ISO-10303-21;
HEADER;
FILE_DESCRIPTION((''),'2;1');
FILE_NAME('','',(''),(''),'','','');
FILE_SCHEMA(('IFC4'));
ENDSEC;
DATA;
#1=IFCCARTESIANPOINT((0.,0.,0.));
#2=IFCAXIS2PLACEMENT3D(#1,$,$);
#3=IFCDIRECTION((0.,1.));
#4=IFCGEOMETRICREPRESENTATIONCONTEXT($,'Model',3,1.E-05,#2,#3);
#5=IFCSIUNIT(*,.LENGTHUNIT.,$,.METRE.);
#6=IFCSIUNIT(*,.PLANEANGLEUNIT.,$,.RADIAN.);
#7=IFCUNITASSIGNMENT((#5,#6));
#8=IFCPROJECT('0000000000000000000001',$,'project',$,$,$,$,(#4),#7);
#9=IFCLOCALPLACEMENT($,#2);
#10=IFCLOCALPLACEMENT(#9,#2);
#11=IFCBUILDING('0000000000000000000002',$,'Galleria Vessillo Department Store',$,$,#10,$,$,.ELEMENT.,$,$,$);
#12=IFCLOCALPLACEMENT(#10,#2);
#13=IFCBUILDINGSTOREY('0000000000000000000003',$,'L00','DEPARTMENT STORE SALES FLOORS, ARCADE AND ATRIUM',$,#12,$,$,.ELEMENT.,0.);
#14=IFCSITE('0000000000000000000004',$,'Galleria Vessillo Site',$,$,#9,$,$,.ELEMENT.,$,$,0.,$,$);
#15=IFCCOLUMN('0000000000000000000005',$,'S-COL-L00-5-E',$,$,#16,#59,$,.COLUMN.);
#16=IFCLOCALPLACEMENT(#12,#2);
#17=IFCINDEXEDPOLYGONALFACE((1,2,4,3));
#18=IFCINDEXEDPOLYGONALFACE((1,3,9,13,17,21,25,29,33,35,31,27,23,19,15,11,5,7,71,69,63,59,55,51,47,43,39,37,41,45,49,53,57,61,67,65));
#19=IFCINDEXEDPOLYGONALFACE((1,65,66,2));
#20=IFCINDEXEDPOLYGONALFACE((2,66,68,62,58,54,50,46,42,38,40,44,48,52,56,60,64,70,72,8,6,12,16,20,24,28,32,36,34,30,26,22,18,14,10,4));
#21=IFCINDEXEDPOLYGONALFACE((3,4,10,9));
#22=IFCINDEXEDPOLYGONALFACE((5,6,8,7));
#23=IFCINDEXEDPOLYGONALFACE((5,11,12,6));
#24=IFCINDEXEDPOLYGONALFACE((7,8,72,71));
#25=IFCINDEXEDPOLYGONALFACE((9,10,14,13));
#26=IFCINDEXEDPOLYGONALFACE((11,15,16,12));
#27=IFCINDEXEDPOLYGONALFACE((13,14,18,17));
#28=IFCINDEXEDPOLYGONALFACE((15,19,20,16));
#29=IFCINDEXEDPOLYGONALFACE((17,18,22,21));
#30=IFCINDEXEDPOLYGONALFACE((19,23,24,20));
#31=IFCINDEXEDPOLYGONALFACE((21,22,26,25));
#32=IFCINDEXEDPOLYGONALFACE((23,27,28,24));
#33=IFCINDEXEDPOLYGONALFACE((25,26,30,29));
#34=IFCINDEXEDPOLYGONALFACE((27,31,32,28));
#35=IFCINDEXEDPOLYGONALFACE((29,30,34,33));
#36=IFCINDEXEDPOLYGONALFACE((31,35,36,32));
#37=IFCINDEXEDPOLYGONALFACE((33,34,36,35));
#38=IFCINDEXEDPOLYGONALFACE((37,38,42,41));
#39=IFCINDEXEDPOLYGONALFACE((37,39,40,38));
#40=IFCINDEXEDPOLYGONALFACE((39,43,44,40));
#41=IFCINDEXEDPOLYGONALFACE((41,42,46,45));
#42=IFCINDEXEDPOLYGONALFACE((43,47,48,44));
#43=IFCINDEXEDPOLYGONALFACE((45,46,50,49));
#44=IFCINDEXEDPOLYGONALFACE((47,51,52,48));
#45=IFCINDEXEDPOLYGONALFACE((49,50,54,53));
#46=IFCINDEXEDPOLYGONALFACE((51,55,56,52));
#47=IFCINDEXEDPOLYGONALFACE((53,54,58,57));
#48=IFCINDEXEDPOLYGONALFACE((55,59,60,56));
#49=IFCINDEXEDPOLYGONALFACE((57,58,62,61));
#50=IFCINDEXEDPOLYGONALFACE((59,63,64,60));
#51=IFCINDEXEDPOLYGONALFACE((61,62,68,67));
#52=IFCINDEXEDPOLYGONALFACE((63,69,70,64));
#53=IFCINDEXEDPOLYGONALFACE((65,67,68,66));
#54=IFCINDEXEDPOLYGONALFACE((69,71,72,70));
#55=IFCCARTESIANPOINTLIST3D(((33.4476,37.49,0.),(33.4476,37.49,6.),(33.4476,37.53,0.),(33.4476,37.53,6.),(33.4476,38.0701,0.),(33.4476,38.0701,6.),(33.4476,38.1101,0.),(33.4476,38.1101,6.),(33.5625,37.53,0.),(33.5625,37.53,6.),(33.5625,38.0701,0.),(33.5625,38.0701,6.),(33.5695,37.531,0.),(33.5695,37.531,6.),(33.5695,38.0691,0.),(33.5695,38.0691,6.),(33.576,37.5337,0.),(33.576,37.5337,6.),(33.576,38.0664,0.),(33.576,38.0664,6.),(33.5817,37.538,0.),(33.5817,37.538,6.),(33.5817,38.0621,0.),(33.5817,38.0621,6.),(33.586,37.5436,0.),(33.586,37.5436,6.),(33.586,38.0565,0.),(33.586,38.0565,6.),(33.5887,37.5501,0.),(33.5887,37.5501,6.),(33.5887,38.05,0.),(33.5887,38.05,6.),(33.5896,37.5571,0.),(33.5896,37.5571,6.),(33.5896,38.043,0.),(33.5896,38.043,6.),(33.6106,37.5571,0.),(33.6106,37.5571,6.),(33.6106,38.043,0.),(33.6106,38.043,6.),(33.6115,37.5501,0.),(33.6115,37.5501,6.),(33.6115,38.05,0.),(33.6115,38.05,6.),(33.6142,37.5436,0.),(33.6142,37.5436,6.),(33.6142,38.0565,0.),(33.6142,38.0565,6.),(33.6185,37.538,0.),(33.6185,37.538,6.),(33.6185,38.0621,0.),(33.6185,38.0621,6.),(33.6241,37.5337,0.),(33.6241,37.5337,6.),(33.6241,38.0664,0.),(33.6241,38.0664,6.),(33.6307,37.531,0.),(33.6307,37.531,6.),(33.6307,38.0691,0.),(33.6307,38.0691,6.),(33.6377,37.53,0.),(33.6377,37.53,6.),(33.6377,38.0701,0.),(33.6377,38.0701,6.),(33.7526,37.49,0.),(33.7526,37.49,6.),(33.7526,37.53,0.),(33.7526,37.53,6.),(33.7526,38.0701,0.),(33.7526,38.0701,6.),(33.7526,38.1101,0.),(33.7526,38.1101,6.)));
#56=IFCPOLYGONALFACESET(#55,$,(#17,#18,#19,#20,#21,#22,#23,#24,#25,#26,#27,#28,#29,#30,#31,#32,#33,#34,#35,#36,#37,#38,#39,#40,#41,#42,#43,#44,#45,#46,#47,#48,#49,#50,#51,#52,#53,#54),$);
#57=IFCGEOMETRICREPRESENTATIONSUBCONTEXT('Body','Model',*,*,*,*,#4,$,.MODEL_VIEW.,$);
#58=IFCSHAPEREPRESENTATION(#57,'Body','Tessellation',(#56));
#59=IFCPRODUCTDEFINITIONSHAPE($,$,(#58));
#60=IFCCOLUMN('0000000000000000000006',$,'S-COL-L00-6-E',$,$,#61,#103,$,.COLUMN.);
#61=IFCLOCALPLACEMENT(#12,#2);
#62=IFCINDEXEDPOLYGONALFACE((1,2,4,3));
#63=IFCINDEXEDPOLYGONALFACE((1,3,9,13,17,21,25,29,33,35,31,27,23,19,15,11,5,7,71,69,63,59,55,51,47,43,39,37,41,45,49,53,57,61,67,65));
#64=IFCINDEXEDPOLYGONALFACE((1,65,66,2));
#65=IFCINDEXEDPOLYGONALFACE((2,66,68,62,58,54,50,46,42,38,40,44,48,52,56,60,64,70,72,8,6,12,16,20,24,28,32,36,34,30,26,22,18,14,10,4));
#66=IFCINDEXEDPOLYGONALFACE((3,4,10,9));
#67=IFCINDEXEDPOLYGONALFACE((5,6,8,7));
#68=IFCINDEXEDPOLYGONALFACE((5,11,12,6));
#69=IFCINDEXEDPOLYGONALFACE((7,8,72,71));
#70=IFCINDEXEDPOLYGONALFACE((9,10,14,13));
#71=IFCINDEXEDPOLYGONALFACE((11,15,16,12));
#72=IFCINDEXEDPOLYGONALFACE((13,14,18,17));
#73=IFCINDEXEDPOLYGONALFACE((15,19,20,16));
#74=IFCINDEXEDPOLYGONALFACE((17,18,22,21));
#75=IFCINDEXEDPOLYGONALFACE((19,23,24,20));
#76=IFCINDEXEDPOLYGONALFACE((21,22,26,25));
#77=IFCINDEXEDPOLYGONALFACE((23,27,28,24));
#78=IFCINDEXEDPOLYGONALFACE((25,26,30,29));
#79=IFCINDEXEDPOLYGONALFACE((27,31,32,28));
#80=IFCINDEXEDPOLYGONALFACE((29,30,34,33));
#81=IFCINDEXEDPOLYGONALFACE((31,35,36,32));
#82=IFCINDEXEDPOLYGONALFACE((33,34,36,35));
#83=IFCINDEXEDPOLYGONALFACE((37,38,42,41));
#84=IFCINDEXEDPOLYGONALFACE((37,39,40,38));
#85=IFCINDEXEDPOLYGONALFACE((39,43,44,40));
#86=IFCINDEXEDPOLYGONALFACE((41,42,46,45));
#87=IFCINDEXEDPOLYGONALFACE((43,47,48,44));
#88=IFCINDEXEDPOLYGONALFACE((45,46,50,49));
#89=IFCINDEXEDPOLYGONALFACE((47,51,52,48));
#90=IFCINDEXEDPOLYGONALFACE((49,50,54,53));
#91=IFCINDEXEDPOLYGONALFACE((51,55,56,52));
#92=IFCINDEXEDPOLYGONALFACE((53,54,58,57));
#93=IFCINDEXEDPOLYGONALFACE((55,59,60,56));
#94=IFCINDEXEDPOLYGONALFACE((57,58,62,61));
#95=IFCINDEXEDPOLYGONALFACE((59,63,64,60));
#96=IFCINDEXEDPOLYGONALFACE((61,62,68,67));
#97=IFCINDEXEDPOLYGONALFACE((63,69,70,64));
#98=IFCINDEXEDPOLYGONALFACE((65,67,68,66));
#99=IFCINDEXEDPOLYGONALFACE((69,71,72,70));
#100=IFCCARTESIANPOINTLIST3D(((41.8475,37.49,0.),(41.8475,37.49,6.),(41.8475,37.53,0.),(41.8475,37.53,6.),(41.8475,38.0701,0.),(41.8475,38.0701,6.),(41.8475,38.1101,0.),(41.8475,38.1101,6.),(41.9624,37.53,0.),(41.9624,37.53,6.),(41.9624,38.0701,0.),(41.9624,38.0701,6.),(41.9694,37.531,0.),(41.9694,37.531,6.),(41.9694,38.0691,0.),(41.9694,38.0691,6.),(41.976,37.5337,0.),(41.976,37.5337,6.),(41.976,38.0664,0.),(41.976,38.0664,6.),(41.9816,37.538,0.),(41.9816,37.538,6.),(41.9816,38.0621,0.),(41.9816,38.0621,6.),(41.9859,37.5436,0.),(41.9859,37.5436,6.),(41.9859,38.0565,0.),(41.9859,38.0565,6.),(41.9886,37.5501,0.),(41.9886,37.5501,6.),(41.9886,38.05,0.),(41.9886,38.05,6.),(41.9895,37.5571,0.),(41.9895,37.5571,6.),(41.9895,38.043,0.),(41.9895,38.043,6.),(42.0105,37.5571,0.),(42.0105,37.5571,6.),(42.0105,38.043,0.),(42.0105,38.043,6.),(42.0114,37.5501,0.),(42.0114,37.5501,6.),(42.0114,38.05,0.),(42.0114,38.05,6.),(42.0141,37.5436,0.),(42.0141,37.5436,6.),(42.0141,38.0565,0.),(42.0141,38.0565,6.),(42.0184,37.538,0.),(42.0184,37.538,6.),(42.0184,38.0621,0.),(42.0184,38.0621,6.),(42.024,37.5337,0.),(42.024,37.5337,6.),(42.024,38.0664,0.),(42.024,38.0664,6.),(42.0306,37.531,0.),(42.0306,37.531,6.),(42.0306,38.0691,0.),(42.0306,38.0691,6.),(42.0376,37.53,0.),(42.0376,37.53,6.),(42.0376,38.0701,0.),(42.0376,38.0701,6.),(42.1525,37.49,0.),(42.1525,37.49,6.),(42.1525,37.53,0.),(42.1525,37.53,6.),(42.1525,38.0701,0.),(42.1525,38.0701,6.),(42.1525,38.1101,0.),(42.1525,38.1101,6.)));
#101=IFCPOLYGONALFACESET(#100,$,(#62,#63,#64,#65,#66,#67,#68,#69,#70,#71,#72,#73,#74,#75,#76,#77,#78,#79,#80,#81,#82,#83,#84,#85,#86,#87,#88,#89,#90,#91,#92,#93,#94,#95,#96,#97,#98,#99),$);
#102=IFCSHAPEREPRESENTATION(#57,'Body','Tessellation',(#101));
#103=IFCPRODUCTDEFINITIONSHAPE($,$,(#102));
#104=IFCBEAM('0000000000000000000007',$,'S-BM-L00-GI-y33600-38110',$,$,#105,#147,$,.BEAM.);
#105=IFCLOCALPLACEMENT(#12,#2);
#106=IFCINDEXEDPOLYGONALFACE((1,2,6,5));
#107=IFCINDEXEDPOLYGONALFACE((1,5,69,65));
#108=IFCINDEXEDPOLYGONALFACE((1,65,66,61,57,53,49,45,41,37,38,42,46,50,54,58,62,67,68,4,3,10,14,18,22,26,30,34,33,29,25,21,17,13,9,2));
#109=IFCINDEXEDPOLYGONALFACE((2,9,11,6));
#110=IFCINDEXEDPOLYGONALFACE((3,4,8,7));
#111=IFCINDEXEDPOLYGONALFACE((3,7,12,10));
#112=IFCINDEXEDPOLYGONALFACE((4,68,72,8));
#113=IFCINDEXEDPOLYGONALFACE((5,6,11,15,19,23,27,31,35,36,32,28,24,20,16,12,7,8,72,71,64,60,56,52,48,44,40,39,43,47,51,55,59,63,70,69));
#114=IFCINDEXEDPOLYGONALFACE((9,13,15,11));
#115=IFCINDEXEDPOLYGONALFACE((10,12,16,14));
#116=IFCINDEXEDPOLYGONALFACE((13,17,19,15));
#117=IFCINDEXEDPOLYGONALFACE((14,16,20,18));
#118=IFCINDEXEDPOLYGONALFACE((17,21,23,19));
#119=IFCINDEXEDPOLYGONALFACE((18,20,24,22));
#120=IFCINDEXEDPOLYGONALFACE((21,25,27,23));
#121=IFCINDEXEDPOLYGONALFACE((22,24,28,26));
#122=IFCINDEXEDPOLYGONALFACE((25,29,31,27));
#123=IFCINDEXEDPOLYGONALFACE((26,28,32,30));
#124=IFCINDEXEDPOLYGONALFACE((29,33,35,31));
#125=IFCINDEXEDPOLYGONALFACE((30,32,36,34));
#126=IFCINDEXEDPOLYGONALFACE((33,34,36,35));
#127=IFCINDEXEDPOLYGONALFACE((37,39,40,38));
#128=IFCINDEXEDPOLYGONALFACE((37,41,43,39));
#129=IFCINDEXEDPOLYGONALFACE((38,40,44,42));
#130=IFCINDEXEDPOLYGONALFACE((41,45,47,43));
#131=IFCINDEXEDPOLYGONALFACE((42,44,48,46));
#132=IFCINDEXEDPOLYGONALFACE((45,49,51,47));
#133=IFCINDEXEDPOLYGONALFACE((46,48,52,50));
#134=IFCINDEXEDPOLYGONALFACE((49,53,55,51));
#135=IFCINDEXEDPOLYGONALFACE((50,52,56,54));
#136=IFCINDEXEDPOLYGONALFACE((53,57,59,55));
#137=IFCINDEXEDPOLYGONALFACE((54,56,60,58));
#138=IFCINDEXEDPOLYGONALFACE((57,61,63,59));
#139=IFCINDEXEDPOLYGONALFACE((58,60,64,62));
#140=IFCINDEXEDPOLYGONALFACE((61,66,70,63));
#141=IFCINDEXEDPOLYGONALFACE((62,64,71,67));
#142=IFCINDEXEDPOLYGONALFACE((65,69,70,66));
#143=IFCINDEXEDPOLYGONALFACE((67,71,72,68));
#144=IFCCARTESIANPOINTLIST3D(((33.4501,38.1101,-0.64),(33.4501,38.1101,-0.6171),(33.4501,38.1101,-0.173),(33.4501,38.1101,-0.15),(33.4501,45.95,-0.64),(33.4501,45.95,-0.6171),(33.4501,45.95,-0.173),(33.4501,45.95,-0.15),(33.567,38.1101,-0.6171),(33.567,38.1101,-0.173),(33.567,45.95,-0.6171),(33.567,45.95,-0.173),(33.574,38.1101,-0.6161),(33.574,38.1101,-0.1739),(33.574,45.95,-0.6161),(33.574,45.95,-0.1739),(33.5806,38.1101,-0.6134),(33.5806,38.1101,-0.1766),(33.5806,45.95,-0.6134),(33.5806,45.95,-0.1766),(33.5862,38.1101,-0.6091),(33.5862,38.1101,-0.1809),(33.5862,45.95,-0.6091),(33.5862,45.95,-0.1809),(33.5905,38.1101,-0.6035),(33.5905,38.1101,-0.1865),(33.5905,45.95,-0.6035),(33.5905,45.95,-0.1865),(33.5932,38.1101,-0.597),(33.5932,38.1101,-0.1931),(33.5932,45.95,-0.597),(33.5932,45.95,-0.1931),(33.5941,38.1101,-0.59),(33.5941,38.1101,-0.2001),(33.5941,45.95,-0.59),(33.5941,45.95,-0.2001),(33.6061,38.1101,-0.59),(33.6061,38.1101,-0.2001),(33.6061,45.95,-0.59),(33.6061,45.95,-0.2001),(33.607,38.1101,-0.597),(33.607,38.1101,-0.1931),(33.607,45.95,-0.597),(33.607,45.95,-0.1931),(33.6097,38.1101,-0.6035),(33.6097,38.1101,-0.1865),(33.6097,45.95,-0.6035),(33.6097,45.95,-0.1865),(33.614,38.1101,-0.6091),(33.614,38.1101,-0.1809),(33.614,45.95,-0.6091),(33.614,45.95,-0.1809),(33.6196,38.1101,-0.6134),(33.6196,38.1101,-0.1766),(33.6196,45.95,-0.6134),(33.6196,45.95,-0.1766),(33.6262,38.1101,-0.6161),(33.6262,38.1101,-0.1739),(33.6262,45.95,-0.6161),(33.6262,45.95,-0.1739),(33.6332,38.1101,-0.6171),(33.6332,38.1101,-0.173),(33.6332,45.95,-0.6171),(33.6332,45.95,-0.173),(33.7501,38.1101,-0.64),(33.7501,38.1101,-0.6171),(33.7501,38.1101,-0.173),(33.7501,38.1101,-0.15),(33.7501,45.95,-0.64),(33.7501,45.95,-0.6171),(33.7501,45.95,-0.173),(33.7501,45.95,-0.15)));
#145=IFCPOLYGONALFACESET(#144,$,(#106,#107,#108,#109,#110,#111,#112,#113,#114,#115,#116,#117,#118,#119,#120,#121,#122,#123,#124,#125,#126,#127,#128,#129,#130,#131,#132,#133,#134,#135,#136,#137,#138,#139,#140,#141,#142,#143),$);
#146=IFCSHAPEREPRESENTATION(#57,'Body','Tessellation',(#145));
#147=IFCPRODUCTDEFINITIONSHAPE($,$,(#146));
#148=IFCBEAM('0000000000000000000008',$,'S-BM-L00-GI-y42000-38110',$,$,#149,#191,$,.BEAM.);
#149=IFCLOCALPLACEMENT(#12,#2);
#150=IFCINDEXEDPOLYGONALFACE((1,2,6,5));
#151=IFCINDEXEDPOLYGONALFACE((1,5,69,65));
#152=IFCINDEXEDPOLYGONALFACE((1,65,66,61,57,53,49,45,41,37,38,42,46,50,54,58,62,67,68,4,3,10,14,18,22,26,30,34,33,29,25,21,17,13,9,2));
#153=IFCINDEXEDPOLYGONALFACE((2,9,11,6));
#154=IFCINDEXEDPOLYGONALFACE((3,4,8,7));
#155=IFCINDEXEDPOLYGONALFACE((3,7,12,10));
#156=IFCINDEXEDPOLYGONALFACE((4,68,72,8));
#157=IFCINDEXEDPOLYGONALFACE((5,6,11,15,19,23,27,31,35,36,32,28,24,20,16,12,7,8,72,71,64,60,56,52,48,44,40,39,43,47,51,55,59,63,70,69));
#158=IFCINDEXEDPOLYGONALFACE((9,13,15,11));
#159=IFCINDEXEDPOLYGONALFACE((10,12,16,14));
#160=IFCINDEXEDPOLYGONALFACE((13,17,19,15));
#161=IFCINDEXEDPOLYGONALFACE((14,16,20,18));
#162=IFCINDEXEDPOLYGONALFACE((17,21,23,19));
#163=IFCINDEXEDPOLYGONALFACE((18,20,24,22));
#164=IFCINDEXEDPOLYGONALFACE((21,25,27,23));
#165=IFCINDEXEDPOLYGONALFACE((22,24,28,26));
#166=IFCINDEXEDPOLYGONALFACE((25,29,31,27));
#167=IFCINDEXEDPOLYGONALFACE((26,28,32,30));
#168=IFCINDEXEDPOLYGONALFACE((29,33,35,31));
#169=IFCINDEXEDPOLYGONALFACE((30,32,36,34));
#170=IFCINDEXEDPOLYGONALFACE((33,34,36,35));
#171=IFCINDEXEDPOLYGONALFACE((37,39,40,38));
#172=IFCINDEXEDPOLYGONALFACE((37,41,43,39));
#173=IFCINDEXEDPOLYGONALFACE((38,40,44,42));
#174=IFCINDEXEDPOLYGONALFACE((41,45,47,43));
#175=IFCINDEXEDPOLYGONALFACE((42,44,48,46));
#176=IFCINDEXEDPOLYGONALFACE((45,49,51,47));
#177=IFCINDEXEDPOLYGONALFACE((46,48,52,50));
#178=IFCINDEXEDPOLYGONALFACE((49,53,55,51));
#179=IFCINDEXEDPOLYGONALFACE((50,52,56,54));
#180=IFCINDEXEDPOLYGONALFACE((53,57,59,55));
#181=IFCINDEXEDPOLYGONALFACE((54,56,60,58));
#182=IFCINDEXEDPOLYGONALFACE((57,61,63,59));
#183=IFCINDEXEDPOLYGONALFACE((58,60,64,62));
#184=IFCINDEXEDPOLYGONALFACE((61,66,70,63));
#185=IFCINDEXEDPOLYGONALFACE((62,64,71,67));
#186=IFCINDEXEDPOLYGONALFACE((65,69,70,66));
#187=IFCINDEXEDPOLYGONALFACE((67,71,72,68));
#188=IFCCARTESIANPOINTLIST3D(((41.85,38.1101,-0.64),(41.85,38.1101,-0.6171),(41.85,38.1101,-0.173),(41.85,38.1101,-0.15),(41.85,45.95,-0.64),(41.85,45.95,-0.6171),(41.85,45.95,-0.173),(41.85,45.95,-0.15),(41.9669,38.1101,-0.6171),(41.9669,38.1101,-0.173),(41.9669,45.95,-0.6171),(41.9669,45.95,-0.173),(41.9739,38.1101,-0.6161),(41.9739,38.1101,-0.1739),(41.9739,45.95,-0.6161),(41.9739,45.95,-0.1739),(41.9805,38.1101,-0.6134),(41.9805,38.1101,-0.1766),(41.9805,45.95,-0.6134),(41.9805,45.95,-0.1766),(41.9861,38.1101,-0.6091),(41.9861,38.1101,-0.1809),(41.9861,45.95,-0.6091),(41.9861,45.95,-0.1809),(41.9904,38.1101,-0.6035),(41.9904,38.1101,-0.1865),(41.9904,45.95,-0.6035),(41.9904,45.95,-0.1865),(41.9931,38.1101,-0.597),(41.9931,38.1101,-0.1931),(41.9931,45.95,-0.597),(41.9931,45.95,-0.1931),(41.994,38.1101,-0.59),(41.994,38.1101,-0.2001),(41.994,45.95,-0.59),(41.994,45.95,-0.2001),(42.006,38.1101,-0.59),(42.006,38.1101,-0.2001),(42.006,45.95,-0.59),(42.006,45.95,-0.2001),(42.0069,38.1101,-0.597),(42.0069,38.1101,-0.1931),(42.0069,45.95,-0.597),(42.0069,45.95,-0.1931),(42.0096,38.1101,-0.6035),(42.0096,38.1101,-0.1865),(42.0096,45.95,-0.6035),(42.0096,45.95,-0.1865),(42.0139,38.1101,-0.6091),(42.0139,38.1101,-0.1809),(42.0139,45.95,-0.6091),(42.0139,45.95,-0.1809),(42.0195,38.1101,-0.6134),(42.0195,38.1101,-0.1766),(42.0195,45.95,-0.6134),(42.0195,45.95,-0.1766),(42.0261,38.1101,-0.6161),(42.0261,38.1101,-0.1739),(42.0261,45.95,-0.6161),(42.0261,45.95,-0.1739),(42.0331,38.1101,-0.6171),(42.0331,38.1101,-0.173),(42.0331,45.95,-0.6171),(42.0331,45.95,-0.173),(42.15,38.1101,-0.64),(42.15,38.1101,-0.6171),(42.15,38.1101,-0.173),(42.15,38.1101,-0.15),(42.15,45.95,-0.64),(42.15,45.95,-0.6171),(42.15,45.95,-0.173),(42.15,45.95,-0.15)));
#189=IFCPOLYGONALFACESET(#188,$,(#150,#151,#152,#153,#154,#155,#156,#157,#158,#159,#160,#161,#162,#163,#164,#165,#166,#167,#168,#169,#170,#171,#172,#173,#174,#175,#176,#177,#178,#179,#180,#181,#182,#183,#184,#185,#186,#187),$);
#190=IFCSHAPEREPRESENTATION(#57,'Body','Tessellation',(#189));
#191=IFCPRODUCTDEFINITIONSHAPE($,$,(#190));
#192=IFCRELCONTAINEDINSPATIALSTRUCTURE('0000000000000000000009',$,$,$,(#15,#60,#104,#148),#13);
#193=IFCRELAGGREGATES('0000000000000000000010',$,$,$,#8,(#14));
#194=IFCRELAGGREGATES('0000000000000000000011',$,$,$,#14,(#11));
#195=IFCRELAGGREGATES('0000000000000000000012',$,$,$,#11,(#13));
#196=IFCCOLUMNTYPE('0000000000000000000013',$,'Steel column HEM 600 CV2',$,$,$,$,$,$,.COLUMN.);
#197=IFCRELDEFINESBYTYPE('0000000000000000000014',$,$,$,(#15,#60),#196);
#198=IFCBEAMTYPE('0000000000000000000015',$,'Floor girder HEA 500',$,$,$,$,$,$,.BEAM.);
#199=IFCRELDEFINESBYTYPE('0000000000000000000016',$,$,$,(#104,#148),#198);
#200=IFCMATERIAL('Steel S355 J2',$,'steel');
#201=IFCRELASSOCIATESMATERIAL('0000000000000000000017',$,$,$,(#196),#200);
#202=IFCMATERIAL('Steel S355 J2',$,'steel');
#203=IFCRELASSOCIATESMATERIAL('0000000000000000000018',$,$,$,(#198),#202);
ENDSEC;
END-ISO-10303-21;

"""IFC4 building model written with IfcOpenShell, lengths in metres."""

from ifc_helpers import new_model, si_unit, direction, frame, origin, origin_2d, place, context, subcontext, project, spatial, i_section, extrude, material, material_profile, profile_set, type_object, element, save


model = new_model("IFC4")

# Units and contexts
model_context = context("Model", 3, precision=1e-05, world=origin(), true_north=direction((0.0, 1.0)))
body_context = subcontext(model_context, "Body", "Model", "MODEL_VIEW")
ifc_project = project(units=[si_unit("LENGTHUNIT", "METRE"), si_unit("PLANEANGLEUNIT", "RADIAN")], contexts=[model_context])

# Site, building, storey
site_placement = place(None, origin())
site = spatial("IfcSite", under=ifc_project, at=site_placement, Name="Galleria Vessillo Site", CompositionType="ELEMENT", RefElevation=0.0)
building_placement = place(site_placement, origin())
building = spatial("IfcBuilding", under=site, at=building_placement, Name="Galleria Vessillo Department Store", CompositionType="ELEMENT")
storey_placement = place(building_placement, origin())
storey = spatial("IfcBuildingStorey", under=building, at=storey_placement, Name="L00", Description="DEPARTMENT STORE SALES FLOORS, ARCADE AND ATRIUM", CompositionType="ELEMENT", Elevation=0.0)

# Columns
ifc_material_1 = material(Name="Steel S355 J2", Category="steel")
ifc_material_profile_1 = material_profile(ifc_material_1, i_section(OverallWidth=0.3049, OverallDepth=0.6201, WebThickness=0.021, FlangeThickness=0.04, FilletRadius=0.0271, at=origin_2d()), Name="HEM 600")
ifc_profile_set_1 = profile_set([ifc_material_profile_1], Name="Steel S355 J2")
column_type = type_object("IfcColumnType", Name="Steel column HEM 600 CV2", PredefinedType="COLUMN", material=ifc_profile_set_1)
for number, where, z_axis, x_axis, name in (
    (1, (33.6001, 37.8, 0.0), (0.0, 0.0, 1.0), (1.0, 0.0, 0.0), "S-COL-L00-5-E"),
    (2, (42.0, 37.8, 0.0), (0.0, 0.0, 1.0), (1.0, 0.0, 0.0), "S-COL-L00-6-E"),
):
    element("IfcColumn", number, at=place(storey_placement, frame(where, z_axis=z_axis, x_axis=x_axis)), inside=storey, type_object=column_type, Name=name, PredefinedType="COLUMN", context=body_context, shape_type="SweptSolid", body=[
        extrude(i_section(OverallWidth=0.3049, OverallDepth=0.6201, WebThickness=0.021, FlangeThickness=0.04, FilletRadius=0.0271, at=origin_2d()), origin(), (0.0, 0.0, 1.0), 6.0),
    ])

# Beams
ifc_material_2 = material(Name="Steel S355 J2", Category="steel")
ifc_material_profile_2 = material_profile(ifc_material_2, i_section(OverallWidth=0.3, OverallDepth=0.49, WebThickness=0.012, FlangeThickness=0.0229, FilletRadius=0.0271, at=origin_2d()), Name="HEA 500")
ifc_profile_set_2 = profile_set([ifc_material_profile_2], Name="Steel S355 J2")
beam_type_1 = type_object("IfcBeamType", Name="Floor girder HEA 500", PredefinedType="BEAM", material=ifc_profile_set_2)
for number, where, z_axis, x_axis, name in (
    (3, (33.6001, 38.1101, -0.395), (0.0, 1.0, 0.0), (-1.0, 0.0, 0.0), "S-BM-L00-GI-y33600-38110"),
    (4, (42.0, 38.1101, -0.395), (0.0, 1.0, 0.0), (-1.0, 0.0, 0.0), "S-BM-L00-GI-y42000-38110"),
):
    element("IfcBeam", number, at=place(storey_placement, frame(where, z_axis=z_axis, x_axis=x_axis)), inside=storey, type_object=beam_type_1, Name=name, PredefinedType="BEAM", context=body_context, shape_type="SweptSolid", body=[
        extrude(i_section(OverallWidth=0.3, OverallDepth=0.49, WebThickness=0.012, FlangeThickness=0.0229, FilletRadius=0.0271, at=origin_2d()), origin(), (0.0, 0.0, 1.0), 7.8398),
    ])

save(model, "model.ifc")
